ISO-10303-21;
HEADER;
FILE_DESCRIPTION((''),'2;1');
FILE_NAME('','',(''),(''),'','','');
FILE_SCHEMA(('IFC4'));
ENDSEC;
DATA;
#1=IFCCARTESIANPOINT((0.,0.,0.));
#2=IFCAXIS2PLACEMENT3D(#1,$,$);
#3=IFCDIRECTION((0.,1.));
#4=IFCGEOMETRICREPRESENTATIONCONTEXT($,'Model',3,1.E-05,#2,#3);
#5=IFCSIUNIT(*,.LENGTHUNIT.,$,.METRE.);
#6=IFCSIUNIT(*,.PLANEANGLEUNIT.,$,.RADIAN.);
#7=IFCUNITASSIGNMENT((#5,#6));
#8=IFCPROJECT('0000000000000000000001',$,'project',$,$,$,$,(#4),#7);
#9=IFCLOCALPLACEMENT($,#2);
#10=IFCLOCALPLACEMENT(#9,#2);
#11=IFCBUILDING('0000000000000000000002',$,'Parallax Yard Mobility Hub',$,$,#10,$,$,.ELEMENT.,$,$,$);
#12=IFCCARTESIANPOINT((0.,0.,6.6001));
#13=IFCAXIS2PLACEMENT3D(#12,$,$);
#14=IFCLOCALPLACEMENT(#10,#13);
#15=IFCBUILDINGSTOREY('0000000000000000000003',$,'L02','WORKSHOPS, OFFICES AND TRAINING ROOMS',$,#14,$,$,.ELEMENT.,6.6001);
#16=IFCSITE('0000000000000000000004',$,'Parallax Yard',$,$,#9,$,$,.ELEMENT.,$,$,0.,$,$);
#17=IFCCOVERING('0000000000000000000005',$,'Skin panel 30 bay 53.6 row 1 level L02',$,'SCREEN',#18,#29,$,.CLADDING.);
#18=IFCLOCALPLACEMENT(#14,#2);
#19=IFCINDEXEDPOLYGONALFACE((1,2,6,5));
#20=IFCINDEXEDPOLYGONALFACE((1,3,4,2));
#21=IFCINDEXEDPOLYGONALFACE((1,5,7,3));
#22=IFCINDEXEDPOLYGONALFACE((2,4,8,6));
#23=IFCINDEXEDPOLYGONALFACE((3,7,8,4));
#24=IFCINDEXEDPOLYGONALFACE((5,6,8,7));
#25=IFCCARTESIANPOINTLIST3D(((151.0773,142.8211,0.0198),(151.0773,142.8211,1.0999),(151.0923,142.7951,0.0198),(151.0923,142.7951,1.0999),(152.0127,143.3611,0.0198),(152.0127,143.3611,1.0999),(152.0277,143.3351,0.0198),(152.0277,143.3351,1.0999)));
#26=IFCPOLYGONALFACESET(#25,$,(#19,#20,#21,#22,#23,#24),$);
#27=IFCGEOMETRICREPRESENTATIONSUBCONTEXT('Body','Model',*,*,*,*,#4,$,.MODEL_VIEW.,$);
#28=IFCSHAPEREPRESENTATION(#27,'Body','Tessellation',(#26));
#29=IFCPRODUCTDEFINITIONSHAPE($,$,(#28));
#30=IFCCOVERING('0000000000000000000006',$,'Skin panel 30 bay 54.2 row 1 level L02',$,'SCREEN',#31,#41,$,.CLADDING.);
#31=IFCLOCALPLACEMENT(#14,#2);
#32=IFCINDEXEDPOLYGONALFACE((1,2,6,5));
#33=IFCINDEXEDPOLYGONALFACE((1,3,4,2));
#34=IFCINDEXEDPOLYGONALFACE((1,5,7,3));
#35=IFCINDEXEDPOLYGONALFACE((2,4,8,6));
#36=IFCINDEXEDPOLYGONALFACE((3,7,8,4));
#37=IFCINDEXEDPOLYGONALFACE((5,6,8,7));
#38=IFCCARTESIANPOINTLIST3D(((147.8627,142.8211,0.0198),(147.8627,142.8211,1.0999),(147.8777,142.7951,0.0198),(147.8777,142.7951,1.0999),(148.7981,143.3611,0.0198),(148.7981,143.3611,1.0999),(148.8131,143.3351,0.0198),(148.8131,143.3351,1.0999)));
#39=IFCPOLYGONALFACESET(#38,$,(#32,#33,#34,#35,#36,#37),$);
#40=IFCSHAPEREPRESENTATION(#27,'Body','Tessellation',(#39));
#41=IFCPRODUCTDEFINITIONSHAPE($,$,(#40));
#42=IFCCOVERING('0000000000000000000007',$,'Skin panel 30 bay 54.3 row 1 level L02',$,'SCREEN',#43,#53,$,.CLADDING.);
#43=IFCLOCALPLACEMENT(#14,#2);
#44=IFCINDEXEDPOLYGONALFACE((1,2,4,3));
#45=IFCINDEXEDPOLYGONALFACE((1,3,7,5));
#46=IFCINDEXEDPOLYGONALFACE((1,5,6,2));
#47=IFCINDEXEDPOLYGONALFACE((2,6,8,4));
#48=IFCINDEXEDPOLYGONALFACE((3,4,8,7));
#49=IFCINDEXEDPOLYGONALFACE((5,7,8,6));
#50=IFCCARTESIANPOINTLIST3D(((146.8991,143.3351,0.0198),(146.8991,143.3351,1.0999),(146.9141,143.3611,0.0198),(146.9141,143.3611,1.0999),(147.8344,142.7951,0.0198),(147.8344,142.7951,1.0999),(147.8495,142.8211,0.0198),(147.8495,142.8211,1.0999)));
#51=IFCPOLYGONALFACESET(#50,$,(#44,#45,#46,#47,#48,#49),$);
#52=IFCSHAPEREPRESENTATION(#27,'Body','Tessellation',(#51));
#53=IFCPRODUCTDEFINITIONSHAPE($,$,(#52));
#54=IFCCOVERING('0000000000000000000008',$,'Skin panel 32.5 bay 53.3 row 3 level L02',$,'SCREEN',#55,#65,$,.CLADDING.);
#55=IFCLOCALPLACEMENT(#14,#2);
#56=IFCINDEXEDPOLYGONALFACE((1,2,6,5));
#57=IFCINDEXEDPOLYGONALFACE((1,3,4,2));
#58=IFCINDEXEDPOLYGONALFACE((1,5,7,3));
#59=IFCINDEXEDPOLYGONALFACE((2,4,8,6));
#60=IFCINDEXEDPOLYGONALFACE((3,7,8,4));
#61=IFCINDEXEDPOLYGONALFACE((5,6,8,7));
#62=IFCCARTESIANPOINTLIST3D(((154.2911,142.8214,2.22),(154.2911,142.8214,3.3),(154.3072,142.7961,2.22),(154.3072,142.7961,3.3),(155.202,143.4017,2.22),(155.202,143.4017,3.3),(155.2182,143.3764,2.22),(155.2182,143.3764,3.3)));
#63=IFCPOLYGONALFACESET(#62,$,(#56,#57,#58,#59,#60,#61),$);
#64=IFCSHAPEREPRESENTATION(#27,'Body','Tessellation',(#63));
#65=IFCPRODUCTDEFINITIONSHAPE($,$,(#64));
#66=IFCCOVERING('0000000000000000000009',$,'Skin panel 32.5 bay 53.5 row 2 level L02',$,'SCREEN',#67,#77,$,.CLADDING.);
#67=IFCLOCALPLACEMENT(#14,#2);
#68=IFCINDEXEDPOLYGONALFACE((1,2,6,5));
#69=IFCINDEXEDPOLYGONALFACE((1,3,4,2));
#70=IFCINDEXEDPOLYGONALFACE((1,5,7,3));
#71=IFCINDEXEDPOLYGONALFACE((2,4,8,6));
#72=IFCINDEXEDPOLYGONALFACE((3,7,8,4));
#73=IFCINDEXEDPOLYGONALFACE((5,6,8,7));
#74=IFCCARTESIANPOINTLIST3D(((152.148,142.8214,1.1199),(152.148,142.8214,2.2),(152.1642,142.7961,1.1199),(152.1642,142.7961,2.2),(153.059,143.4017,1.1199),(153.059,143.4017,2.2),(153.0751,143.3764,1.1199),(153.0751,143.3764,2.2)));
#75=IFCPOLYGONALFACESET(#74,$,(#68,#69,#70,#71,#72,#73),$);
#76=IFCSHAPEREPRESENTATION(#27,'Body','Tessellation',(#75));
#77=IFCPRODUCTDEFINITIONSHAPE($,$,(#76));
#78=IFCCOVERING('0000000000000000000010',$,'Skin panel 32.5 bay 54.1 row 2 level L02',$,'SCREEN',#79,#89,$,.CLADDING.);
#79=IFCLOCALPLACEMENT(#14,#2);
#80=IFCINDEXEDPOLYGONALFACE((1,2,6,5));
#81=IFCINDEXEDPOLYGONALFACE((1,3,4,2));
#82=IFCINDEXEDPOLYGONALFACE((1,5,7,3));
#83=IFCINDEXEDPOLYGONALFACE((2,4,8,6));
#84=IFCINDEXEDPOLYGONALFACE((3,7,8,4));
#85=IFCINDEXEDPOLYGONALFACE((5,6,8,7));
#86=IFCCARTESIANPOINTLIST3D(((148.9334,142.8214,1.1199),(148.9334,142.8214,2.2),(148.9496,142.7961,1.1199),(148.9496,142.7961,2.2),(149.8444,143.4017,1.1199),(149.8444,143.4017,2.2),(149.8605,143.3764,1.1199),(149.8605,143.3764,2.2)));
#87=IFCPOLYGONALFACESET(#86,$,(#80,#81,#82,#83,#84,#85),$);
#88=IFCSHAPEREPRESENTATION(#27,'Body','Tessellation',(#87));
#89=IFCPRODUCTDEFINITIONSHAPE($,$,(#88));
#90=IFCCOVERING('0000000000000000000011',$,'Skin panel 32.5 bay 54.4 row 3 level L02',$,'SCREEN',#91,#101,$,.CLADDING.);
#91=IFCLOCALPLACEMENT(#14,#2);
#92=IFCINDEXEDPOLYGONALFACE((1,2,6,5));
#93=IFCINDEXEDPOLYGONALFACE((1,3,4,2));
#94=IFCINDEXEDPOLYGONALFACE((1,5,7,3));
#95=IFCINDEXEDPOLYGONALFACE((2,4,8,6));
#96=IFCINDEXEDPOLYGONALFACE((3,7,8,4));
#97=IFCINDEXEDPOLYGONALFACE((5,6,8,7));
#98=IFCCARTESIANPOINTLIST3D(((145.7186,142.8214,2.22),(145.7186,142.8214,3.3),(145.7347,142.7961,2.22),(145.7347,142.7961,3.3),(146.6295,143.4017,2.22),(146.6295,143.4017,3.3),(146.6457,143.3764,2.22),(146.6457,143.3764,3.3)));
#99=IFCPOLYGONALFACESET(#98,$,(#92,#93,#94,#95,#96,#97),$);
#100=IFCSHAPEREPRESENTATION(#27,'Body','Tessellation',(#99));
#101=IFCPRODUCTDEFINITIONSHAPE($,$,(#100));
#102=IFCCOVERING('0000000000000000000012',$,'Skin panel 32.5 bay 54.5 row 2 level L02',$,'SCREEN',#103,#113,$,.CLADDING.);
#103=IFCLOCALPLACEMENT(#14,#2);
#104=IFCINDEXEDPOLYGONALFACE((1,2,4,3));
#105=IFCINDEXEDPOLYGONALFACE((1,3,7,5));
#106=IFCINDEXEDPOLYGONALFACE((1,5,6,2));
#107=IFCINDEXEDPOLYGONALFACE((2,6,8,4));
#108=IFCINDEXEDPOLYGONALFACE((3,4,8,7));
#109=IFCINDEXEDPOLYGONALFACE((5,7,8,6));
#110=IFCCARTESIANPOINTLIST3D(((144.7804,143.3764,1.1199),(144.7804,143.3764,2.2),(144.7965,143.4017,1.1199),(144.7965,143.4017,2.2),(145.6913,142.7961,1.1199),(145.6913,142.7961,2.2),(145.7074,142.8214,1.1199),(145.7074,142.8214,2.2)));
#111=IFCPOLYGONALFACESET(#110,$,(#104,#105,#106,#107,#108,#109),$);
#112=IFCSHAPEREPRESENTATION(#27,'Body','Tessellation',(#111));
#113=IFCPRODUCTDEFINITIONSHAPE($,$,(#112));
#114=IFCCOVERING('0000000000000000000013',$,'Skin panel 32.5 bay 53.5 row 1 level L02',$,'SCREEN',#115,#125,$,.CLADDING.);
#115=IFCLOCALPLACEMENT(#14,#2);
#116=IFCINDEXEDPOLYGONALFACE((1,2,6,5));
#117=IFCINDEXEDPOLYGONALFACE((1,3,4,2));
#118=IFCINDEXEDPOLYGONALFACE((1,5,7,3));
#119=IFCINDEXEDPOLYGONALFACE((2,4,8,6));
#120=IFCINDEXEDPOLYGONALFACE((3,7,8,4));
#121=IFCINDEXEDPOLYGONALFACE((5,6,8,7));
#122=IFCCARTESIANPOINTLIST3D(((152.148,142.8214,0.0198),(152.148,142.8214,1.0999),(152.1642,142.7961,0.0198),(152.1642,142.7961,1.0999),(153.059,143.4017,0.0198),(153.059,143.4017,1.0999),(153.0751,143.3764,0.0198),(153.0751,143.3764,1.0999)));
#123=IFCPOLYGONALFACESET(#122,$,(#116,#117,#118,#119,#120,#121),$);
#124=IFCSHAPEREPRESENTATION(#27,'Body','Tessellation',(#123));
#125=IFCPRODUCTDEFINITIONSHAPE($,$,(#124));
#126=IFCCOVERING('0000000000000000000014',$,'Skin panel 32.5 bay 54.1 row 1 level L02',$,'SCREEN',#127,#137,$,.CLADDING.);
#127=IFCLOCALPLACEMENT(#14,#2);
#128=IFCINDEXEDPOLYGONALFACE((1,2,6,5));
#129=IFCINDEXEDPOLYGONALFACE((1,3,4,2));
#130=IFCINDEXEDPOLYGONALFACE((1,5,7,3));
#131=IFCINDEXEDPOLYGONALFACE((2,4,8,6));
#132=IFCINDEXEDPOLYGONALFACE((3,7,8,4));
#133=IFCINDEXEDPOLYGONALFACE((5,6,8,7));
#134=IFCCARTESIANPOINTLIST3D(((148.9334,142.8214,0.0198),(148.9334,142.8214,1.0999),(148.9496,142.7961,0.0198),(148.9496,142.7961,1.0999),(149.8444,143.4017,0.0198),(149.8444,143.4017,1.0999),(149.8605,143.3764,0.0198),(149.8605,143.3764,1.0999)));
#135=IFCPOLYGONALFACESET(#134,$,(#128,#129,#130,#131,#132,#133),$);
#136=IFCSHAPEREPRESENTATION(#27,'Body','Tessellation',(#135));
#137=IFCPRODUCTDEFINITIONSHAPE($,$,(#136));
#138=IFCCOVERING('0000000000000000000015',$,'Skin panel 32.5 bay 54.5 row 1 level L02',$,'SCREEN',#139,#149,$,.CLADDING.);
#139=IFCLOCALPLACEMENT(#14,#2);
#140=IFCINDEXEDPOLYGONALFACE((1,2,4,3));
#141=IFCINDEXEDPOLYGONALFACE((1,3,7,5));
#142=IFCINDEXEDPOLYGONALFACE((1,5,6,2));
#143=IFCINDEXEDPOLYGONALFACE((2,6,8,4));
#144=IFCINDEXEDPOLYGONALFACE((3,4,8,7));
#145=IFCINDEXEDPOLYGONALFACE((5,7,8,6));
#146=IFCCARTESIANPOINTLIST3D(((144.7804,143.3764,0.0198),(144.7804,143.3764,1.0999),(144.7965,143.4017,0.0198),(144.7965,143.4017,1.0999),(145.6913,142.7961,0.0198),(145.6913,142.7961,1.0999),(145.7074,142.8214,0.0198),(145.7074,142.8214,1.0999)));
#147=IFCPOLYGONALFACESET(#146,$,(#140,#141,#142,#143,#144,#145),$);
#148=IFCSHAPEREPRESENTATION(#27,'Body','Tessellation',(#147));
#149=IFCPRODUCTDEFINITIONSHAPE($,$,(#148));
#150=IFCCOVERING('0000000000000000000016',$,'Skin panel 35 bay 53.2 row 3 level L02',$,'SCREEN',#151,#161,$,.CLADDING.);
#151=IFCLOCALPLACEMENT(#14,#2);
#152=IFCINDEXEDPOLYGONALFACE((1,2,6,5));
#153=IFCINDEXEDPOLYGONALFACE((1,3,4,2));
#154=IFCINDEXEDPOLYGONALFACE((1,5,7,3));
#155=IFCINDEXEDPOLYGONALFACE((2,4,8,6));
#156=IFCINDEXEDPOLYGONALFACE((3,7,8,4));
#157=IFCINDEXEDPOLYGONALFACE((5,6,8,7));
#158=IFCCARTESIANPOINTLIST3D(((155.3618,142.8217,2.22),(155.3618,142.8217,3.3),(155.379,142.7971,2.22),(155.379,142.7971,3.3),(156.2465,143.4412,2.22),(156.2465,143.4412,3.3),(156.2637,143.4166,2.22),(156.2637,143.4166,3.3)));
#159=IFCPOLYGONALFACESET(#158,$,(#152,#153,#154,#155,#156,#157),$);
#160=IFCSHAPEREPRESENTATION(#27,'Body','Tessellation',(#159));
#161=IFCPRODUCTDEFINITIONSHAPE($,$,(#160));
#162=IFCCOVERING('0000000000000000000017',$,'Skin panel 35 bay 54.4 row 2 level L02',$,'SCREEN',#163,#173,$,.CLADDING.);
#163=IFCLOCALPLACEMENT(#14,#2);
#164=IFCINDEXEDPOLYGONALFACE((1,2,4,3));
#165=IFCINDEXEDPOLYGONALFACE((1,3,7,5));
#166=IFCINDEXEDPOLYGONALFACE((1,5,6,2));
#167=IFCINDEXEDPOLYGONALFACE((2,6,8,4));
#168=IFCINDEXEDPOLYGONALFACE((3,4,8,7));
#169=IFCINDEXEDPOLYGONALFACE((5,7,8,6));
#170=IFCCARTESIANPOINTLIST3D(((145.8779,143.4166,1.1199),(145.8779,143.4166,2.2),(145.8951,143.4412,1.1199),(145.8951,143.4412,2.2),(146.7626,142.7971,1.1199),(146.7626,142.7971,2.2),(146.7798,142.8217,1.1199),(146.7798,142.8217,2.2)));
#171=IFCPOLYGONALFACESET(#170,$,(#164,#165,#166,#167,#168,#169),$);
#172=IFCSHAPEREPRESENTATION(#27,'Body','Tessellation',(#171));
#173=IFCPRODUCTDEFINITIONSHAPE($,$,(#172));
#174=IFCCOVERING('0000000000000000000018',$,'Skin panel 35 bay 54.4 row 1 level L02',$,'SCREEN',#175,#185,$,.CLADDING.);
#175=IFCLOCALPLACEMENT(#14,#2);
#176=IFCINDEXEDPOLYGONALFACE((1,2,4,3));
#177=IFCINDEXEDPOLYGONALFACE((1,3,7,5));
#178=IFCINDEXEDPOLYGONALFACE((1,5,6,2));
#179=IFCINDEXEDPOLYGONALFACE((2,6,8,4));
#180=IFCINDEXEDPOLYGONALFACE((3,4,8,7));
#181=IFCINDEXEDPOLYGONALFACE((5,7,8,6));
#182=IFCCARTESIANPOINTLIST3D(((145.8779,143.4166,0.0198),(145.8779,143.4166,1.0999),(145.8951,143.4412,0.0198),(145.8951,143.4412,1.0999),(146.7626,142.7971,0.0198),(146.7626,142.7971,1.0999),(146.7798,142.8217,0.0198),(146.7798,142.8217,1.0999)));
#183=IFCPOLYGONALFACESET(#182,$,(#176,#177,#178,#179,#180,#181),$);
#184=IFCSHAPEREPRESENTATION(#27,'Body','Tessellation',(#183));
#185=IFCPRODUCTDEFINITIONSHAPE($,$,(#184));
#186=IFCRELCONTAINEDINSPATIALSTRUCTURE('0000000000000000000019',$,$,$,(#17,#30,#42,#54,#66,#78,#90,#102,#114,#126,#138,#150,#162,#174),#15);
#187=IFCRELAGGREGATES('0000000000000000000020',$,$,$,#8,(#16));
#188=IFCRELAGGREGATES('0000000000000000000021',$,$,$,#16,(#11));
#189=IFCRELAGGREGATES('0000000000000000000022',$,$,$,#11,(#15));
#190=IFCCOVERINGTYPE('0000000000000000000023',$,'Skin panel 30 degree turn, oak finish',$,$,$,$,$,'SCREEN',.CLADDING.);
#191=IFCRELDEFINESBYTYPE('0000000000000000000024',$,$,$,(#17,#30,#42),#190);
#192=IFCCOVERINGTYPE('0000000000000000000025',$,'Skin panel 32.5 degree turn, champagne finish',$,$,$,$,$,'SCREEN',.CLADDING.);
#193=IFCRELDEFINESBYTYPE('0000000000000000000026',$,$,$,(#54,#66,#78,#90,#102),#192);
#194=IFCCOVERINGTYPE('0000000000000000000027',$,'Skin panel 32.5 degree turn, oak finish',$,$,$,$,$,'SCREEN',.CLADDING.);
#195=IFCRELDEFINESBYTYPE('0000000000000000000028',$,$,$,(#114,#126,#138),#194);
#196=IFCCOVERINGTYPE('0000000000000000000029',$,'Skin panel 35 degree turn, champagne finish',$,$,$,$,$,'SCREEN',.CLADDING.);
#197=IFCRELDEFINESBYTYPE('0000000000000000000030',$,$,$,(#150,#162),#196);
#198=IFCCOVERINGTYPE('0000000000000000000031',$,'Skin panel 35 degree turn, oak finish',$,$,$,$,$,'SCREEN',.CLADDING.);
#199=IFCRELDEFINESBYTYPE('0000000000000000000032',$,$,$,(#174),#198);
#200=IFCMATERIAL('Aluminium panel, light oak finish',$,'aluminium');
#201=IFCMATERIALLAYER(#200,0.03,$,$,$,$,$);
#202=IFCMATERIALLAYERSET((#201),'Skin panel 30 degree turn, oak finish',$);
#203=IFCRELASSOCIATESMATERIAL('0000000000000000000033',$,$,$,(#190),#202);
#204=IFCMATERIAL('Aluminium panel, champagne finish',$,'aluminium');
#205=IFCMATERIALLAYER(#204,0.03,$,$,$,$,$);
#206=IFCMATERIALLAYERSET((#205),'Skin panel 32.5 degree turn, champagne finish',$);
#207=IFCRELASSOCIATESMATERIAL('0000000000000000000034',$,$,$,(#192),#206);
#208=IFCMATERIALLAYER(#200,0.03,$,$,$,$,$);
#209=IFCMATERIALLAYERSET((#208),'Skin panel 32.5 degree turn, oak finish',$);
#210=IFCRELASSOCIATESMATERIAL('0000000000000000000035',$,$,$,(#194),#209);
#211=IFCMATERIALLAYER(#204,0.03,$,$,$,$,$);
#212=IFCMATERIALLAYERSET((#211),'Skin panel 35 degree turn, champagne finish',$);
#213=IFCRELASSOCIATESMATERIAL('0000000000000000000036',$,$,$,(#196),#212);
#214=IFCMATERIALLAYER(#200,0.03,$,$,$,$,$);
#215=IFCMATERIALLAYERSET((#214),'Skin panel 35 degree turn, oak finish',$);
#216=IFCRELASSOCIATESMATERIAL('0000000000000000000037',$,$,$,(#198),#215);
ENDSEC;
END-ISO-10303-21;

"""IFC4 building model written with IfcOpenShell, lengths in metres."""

from ifc_helpers import new_model, si_unit, direction, frame, origin, origin_2d, place, context, subcontext, project, spatial, rectangle, extrude, material, layer, layer_set, type_object, element, save


model = new_model("IFC4")

# Units and contexts
model_context = context("Model", 3, precision=1e-05, world=origin(), true_north=direction((0.0, 1.0)))
body_context = subcontext(model_context, "Body", "Model", "MODEL_VIEW")
ifc_project = project(units=[si_unit("LENGTHUNIT", "METRE"), si_unit("PLANEANGLEUNIT", "RADIAN")], contexts=[model_context])

# Site, building, storey
site_placement = place(None, origin())
site = spatial("IfcSite", under=ifc_project, at=site_placement, Name="Parallax Yard", CompositionType="ELEMENT", RefElevation=0.0)
building_placement = place(site_placement, origin())
building = spatial("IfcBuilding", under=site, at=building_placement, Name="Parallax Yard Mobility Hub", CompositionType="ELEMENT")
storey_placement = place(building_placement, frame((0.0, 0.0, 6.6001)))
storey = spatial("IfcBuildingStorey", under=building, at=storey_placement, Name="L02", Description="WORKSHOPS, OFFICES AND TRAINING ROOMS", CompositionType="ELEMENT", Elevation=6.6001)

# Coverings
ifc_material_1 = material(Name="Aluminium panel, champagne finish", Category="aluminium")
ifc_material_2 = material(Name="Aluminium panel, light oak finish", Category="aluminium")
ifc_layer_1 = layer(ifc_material_2, 0.03)
ifc_layer_set_1 = layer_set([ifc_layer_1], Name="Skin panel 30 degree turn, oak finish")
covering_type_1 = type_object("IfcCoveringType", Name="Skin panel 30 degree turn, oak finish", ElementType="SCREEN", PredefinedType="CLADDING", material=ifc_layer_set_1)
for number, where, z_axis, x_axis, name in (
    (1, (151.5525, 143.0781, 0.0198), (0.0, 0.0, 1.0), (0.866025, 0.5, 0.0), "Skin panel 30 bay 53.6 row 1 level L02"),
    (2, (148.3379, 143.0781, 0.0198), (0.0, 0.0, 1.0), (0.866025, 0.5, 0.0), "Skin panel 30 bay 54.2 row 1 level L02"),
    (3, (147.3743, 143.0781, 0.0198), (0.0, 0.0, 1.0), (-0.866025, 0.5, 0.0), "Skin panel 30 bay 54.3 row 1 level L02"),
):
    element("IfcCovering", number, at=place(storey_placement, frame(where, z_axis=z_axis, x_axis=x_axis)), inside=storey, type_object=covering_type_1, Name=name, ObjectType="SCREEN", PredefinedType="CLADDING", context=body_context, shape_type="SweptSolid", body=[
        extrude(rectangle(XDim=1.0801, YDim=0.03, at=origin_2d()), origin(), (0.0, 0.0, 1.0), 1.0801),
    ])
ifc_layer_2 = layer(ifc_material_1, 0.03)
ifc_layer_set_2 = layer_set([ifc_layer_2], Name="Skin panel 32.5 degree turn, champagne finish")
covering_type_2 = type_object("IfcCoveringType", Name="Skin panel 32.5 degree turn, champagne finish", ElementType="SCREEN", PredefinedType="CLADDING", material=ifc_layer_set_2)
for number, where, z_axis, x_axis, name in (
    (4, (154.7546, 143.0989, 2.22), (0.0, 0.0, 1.0), (0.843391, 0.5373, 0.0), "Skin panel 32.5 bay 53.3 row 3 level L02"),
    (5, (152.6116, 143.0989, 1.1199), (0.0, 0.0, 1.0), (0.843391, 0.5373, 0.0), "Skin panel 32.5 bay 53.5 row 2 level L02"),
    (6, (149.397, 143.0989, 1.1199), (0.0, 0.0, 1.0), (0.843391, 0.5373, 0.0), "Skin panel 32.5 bay 54.1 row 2 level L02"),
    (7, (146.1821, 143.0989, 2.22), (0.0, 0.0, 1.0), (0.843391, 0.5373, 0.0), "Skin panel 32.5 bay 54.4 row 3 level L02"),
    (8, (145.2439, 143.0989, 1.1199), (0.0, 0.0, 1.0), (-0.843391, 0.5373, 0.0), "Skin panel 32.5 bay 54.5 row 2 level L02"),
):
    element("IfcCovering", number, at=place(storey_placement, frame(where, z_axis=z_axis, x_axis=x_axis)), inside=storey, type_object=covering_type_2, Name=name, ObjectType="SCREEN", PredefinedType="CLADDING", context=body_context, shape_type="SweptSolid", body=[
        extrude(rectangle(XDim=1.0801, YDim=0.03, at=origin_2d()), origin(), (0.0, 0.0, 1.0), 1.0801),
    ])
ifc_layer_3 = layer(ifc_material_2, 0.03)
ifc_layer_set_3 = layer_set([ifc_layer_3], Name="Skin panel 32.5 degree turn, oak finish")
covering_type_3 = type_object("IfcCoveringType", Name="Skin panel 32.5 degree turn, oak finish", ElementType="SCREEN", PredefinedType="CLADDING", material=ifc_layer_set_3)
for number, where, z_axis, x_axis, name in (
    (9, (152.6116, 143.0989, 0.0198), (0.0, 0.0, 1.0), (0.843391, 0.5373, 0.0), "Skin panel 32.5 bay 53.5 row 1 level L02"),
    (10, (149.397, 143.0989, 0.0198), (0.0, 0.0, 1.0), (0.843391, 0.5373, 0.0), "Skin panel 32.5 bay 54.1 row 1 level L02"),
    (11, (145.2439, 143.0989, 0.0198), (0.0, 0.0, 1.0), (-0.843391, 0.5373, 0.0), "Skin panel 32.5 bay 54.5 row 1 level L02"),
):
    element("IfcCovering", number, at=place(storey_placement, frame(where, z_axis=z_axis, x_axis=x_axis)), inside=storey, type_object=covering_type_3, Name=name, ObjectType="SCREEN", PredefinedType="CLADDING", context=body_context, shape_type="SweptSolid", body=[
        extrude(rectangle(XDim=1.0801, YDim=0.03, at=origin_2d()), origin(), (0.0, 0.0, 1.0), 1.0801),
    ])
ifc_layer_4 = layer(ifc_material_1, 0.03)
ifc_layer_set_4 = layer_set([ifc_layer_4], Name="Skin panel 35 degree turn, champagne finish")
covering_type_4 = type_object("IfcCoveringType", Name="Skin panel 35 degree turn, champagne finish", ElementType="SCREEN", PredefinedType="CLADDING", material=ifc_layer_set_4)
for number, where, z_axis, x_axis, name in (
    (12, (155.8127, 143.1191, 2.22), (0.0, 0.0, 1.0), (0.819152, 0.573576, 0.0), "Skin panel 35 bay 53.2 row 3 level L02"),
    (13, (146.3289, 143.1191, 1.1199), (0.0, 0.0, 1.0), (-0.819152, 0.573576, 0.0), "Skin panel 35 bay 54.4 row 2 level L02"),
):
    element("IfcCovering", number, at=place(storey_placement, frame(where, z_axis=z_axis, x_axis=x_axis)), inside=storey, type_object=covering_type_4, Name=name, ObjectType="SCREEN", PredefinedType="CLADDING", context=body_context, shape_type="SweptSolid", body=[
        extrude(rectangle(XDim=1.0801, YDim=0.03, at=origin_2d()), origin(), (0.0, 0.0, 1.0), 1.0801),
    ])
ifc_layer_5 = layer(ifc_material_2, 0.03)
ifc_layer_set_5 = layer_set([ifc_layer_5], Name="Skin panel 35 degree turn, oak finish")
covering_type_5 = type_object("IfcCoveringType", Name="Skin panel 35 degree turn, oak finish", ElementType="SCREEN", PredefinedType="CLADDING", material=ifc_layer_set_5)
covering_1_placement = place(storey_placement, frame((146.3289, 143.1191, 0.0198), z_axis=(0.0, 0.0, 1.0), x_axis=(-0.819152, 0.573576, 0.0)))
element("IfcCovering", 14, at=covering_1_placement, inside=storey, type_object=covering_type_5, Name="Skin panel 35 bay 54.4 row 1 level L02", ObjectType="SCREEN", PredefinedType="CLADDING", context=body_context, shape_type="SweptSolid", body=[
    extrude(rectangle(XDim=1.0801, YDim=0.03, at=origin_2d()), origin(), (0.0, 0.0, 1.0), 1.0801),
])

save(model, "model.ifc")
